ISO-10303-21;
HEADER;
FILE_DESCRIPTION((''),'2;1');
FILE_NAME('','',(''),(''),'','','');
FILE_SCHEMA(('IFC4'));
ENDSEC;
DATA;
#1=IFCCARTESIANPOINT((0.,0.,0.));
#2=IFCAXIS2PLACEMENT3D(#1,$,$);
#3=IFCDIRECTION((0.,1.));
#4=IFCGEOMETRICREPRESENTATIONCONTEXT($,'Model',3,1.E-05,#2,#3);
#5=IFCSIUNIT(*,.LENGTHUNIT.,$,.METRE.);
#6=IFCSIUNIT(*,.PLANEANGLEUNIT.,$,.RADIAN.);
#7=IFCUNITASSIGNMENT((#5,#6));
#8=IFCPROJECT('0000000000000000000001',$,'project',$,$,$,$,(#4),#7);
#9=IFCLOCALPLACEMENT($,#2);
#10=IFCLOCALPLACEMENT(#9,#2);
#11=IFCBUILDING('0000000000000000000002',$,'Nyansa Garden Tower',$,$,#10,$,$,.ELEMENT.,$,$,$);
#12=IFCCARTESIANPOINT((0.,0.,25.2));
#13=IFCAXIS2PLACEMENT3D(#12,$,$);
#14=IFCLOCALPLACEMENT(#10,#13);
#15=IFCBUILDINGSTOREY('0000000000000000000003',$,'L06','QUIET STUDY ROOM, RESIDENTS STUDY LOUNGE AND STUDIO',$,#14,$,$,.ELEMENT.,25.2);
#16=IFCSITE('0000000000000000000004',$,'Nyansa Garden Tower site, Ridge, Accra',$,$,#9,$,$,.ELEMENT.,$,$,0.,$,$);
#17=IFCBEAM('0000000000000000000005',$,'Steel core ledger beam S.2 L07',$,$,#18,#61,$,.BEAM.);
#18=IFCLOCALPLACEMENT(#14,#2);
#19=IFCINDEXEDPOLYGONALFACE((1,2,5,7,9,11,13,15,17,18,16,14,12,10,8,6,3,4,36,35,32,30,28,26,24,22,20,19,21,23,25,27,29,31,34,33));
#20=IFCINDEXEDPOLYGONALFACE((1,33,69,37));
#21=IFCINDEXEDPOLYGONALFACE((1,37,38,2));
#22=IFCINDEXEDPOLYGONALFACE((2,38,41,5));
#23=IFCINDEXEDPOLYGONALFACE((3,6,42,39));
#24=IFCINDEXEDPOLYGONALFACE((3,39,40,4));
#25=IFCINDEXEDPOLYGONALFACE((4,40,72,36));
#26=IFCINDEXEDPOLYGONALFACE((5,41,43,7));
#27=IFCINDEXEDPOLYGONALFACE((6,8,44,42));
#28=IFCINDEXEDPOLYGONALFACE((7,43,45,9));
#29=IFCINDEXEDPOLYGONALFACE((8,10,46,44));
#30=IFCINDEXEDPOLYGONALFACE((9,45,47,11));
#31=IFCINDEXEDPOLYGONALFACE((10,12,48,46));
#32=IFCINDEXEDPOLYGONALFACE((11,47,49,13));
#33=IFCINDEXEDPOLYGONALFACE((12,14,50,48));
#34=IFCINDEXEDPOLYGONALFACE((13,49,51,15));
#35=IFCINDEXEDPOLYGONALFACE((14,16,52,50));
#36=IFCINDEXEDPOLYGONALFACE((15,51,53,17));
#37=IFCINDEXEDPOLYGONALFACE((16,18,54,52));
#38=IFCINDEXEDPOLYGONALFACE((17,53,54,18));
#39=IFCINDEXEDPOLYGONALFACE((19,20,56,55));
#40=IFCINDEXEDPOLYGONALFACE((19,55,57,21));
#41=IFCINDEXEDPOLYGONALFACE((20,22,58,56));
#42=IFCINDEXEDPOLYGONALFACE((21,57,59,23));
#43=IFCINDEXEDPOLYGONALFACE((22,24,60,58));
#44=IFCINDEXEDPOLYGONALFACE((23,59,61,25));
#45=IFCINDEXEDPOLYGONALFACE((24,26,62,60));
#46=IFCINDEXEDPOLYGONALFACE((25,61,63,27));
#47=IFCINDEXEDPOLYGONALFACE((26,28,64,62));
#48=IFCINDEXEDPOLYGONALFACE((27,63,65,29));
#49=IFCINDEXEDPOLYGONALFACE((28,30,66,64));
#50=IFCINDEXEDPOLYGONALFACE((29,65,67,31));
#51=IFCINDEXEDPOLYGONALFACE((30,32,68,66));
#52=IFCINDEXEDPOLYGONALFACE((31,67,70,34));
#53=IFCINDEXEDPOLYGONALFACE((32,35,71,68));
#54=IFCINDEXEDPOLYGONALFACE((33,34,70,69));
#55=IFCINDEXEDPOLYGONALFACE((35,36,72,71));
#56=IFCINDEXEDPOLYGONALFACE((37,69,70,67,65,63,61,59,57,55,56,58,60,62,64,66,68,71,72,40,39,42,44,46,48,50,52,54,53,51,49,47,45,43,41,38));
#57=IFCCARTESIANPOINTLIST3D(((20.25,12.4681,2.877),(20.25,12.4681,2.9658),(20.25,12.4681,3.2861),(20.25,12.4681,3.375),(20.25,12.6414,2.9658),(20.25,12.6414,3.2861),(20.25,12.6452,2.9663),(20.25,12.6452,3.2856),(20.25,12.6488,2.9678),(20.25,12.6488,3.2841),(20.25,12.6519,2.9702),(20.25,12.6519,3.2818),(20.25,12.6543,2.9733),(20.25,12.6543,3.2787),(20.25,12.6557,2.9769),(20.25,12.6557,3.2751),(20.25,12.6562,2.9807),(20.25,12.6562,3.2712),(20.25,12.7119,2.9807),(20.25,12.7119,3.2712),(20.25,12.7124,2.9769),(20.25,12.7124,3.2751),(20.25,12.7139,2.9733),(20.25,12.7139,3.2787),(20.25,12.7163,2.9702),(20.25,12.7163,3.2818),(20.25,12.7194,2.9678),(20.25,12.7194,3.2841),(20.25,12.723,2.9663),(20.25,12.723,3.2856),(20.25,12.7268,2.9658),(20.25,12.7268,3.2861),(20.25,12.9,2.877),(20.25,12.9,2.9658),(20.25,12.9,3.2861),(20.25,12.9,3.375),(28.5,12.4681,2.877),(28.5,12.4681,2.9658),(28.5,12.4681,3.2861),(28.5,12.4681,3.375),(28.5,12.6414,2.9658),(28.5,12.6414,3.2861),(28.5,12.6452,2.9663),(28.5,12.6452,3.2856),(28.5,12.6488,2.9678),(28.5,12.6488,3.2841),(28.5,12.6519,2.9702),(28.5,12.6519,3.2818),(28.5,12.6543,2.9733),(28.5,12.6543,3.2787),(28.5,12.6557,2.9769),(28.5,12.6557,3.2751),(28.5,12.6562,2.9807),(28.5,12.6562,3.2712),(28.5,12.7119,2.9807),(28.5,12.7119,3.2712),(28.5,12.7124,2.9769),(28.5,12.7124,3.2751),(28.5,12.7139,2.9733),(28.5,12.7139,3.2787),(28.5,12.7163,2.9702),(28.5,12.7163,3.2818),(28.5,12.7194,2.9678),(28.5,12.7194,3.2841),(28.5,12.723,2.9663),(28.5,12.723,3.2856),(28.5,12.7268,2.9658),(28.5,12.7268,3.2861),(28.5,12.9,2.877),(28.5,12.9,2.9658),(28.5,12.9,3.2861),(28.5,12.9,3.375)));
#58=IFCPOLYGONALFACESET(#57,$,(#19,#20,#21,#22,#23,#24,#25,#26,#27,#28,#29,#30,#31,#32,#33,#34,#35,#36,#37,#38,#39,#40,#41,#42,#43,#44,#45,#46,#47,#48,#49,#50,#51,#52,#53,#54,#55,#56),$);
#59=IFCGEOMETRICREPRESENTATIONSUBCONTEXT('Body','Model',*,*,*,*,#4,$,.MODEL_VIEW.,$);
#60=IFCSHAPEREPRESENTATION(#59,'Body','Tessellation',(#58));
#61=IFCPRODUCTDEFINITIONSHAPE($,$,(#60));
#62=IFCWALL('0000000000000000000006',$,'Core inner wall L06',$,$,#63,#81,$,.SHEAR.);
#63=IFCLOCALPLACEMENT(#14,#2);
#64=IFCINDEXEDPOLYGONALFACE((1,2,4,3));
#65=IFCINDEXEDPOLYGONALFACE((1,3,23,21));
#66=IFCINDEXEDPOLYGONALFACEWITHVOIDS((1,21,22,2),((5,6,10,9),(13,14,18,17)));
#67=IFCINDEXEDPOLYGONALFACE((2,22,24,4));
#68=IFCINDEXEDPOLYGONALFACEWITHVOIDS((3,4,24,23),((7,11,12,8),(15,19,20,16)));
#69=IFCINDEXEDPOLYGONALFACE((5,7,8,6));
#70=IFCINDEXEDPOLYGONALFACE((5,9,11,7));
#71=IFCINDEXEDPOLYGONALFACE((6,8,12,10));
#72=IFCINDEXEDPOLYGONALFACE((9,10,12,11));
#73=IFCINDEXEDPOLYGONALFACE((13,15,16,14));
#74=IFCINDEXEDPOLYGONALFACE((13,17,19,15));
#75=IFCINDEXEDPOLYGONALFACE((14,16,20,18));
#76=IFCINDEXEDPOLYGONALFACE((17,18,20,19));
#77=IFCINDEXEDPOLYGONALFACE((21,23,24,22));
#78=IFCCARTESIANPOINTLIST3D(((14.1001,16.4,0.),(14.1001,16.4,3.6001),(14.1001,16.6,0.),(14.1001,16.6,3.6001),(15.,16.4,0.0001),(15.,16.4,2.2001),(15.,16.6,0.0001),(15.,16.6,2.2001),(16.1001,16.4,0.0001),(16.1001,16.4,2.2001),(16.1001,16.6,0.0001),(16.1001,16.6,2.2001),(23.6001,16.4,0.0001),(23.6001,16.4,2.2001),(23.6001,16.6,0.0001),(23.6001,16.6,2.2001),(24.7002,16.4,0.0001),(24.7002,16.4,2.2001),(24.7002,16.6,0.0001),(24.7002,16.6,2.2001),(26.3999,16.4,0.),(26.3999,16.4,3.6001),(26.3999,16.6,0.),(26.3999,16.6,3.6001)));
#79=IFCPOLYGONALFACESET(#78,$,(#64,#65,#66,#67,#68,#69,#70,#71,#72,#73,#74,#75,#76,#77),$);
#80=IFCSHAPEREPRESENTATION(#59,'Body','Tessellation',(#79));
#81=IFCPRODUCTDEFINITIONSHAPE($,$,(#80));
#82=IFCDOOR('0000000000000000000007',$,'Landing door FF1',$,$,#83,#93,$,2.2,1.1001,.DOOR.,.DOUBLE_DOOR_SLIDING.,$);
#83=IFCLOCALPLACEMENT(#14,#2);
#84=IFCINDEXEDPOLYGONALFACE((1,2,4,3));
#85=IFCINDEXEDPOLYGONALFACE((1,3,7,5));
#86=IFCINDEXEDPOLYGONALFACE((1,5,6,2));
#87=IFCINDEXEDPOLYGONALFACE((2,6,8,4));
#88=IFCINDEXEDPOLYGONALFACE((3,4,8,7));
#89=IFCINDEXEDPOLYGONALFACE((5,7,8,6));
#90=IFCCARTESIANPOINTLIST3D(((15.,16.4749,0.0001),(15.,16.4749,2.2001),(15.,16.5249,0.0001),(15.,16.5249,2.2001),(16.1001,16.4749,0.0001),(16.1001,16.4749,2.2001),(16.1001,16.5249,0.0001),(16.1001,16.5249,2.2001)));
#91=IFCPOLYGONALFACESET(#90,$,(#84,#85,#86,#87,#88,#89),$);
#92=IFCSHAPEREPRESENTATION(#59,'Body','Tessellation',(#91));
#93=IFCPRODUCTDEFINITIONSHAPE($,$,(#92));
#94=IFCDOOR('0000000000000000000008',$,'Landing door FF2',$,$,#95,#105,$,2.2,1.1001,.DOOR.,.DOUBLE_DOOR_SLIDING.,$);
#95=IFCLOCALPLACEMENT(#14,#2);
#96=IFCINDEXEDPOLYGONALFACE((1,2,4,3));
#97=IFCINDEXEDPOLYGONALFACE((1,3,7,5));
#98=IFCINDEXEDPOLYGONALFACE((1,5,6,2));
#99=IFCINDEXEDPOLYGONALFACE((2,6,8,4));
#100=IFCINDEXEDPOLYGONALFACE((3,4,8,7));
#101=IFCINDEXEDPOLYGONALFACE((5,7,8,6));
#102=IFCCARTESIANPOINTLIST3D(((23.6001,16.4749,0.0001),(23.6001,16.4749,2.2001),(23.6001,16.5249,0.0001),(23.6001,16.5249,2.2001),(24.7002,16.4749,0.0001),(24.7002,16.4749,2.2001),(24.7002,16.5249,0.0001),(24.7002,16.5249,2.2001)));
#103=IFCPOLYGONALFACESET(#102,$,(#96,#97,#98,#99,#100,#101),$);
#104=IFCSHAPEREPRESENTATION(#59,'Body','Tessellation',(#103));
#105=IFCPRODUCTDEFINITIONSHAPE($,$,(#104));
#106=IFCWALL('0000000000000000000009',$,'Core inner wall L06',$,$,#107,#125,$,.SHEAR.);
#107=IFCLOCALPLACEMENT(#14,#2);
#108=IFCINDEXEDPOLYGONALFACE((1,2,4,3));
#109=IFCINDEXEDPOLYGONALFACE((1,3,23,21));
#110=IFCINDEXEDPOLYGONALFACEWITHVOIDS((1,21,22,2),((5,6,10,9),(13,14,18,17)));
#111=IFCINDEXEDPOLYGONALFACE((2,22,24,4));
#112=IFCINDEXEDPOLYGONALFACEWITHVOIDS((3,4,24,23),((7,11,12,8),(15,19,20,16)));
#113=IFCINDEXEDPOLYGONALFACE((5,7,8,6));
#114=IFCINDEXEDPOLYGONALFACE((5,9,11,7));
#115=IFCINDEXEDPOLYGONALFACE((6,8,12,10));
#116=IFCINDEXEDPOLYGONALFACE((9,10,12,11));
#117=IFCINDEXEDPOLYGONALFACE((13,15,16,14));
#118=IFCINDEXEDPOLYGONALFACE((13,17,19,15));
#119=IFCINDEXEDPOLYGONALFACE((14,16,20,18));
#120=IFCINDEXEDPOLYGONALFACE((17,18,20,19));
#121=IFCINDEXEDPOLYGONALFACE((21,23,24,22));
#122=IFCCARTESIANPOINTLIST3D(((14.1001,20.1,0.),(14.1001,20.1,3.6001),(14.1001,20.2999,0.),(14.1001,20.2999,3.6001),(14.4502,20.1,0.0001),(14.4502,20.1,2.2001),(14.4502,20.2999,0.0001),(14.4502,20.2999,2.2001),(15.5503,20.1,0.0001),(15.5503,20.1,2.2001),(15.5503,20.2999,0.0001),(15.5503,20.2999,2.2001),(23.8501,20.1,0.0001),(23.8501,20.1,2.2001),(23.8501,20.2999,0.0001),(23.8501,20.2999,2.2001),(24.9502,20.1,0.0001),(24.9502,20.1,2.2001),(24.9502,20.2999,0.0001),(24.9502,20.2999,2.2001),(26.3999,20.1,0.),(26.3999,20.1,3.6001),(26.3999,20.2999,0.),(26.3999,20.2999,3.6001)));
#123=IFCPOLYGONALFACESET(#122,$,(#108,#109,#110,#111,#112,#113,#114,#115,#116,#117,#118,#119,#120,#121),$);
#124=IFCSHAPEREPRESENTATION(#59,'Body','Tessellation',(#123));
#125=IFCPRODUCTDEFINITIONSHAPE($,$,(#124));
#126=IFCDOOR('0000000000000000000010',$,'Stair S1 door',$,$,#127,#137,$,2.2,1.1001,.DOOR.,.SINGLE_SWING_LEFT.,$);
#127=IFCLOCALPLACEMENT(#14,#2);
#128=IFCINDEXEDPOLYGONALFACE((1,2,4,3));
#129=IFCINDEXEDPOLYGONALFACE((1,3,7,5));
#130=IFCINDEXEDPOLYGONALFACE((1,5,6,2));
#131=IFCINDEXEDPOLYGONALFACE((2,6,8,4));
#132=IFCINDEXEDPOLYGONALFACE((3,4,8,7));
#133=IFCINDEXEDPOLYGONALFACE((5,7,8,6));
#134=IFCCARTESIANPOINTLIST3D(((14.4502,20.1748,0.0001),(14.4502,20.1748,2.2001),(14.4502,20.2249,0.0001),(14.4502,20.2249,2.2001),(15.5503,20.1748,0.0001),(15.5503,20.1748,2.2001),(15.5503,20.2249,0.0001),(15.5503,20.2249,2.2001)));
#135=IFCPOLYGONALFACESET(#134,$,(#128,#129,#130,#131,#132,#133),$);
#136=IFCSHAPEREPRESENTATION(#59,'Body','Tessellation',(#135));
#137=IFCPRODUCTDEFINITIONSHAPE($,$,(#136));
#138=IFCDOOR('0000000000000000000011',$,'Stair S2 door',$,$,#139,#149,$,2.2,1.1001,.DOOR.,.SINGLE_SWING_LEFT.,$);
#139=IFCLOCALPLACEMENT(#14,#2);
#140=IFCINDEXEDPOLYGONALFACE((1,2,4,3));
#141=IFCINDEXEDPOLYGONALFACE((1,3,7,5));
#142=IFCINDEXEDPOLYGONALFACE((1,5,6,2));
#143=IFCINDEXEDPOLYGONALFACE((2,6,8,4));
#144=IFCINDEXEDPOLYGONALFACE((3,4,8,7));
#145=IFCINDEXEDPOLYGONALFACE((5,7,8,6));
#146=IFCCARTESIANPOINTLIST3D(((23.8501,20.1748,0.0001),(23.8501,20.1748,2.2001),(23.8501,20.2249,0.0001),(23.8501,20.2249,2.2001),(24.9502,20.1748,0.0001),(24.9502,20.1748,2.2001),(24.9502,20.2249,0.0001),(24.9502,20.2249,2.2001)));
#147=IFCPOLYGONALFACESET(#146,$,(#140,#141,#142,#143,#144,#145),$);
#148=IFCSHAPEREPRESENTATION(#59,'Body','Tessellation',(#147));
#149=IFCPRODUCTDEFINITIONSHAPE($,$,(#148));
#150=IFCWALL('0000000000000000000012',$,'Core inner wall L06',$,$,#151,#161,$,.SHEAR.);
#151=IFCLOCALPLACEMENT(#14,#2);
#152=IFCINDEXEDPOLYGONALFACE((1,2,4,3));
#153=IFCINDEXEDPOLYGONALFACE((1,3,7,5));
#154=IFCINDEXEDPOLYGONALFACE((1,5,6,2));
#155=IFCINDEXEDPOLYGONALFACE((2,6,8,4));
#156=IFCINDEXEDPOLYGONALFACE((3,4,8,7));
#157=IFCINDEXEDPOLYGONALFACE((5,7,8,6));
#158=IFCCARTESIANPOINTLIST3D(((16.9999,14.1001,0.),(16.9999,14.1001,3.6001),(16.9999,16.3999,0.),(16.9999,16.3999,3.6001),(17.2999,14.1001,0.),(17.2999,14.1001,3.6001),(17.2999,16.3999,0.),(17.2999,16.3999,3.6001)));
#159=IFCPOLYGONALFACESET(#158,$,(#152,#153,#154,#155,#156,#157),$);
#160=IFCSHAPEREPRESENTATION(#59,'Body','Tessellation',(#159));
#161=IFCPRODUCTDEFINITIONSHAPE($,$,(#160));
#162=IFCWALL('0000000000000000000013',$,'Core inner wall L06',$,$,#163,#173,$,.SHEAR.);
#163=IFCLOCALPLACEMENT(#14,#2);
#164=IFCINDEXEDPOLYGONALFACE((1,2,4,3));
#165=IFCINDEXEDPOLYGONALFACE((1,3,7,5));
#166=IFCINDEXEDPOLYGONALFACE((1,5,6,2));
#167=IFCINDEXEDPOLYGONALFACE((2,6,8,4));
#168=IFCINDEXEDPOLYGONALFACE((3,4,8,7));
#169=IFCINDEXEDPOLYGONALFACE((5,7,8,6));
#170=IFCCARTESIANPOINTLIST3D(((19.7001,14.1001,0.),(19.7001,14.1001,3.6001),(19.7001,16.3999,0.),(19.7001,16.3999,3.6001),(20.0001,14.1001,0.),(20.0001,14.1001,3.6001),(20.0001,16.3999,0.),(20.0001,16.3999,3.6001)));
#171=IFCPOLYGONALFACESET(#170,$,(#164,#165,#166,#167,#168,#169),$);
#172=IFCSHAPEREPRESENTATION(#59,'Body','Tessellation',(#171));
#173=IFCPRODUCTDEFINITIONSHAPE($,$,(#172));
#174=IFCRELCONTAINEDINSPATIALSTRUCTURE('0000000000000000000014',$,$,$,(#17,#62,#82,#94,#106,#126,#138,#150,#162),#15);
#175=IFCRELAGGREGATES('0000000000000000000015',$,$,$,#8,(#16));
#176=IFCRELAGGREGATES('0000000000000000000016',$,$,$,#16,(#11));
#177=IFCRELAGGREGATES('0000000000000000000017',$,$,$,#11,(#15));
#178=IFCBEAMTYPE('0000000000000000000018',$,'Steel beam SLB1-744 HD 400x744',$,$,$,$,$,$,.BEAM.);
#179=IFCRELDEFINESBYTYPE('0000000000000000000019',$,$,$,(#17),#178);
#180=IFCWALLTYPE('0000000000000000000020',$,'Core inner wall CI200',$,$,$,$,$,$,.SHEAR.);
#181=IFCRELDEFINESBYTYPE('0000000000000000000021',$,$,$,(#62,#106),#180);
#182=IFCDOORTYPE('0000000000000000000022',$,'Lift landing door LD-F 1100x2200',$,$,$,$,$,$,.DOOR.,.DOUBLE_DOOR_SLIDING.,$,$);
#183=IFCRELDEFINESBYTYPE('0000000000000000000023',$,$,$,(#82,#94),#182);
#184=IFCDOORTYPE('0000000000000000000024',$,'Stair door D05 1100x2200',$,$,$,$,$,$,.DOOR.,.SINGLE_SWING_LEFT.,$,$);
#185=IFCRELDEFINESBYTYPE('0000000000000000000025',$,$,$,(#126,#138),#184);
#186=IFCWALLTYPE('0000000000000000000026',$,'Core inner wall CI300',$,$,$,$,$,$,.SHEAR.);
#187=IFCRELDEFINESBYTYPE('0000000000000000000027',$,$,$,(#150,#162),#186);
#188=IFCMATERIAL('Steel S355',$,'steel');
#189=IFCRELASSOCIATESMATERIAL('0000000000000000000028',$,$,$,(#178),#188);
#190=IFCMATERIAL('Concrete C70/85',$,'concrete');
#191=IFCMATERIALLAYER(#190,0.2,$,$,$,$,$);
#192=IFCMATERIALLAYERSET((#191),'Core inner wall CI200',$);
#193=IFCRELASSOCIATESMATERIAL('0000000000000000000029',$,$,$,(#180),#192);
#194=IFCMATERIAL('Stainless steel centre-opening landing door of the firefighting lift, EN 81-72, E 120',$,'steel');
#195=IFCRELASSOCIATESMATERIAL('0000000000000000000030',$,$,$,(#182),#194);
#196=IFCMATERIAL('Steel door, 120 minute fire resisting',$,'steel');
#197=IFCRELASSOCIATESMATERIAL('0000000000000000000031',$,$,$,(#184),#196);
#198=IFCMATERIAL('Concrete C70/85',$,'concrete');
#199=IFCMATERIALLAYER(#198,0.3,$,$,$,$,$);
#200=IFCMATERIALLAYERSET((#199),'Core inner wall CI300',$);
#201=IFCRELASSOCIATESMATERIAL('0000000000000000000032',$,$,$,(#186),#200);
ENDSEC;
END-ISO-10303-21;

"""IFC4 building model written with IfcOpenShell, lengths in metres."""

from ifc_helpers import new_model, si_unit, direction, frame, frame_2d, origin, origin_2d, place, context, subcontext, project, spatial, rectangle, i_section, extrude, material, layer, layer_set, material_profile, profile_set, type_object, element, fill, save


model = new_model("IFC4")

# Units and contexts
model_context = context("Model", 3, precision=1e-05, world=origin(), true_north=direction((0.0, 1.0)))
body_context = subcontext(model_context, "Body", "Model", "MODEL_VIEW")
ifc_project = project(units=[si_unit("LENGTHUNIT", "METRE"), si_unit("PLANEANGLEUNIT", "RADIAN")], contexts=[model_context])

# Site, building, storey
site_placement = place(None, origin())
site = spatial("IfcSite", under=ifc_project, at=site_placement, Name="Nyansa Garden Tower site, Ridge, Accra", CompositionType="ELEMENT", RefElevation=0.0)
building_placement = place(site_placement, origin())
building = spatial("IfcBuilding", under=site, at=building_placement, Name="Nyansa Garden Tower", CompositionType="ELEMENT")
storey_placement = place(building_placement, frame((0.0, 0.0, 25.2)))
storey = spatial("IfcBuildingStorey", under=building, at=storey_placement, Name="L06", Description="QUIET STUDY ROOM, RESIDENTS STUDY LOUNGE AND STUDIO", CompositionType="ELEMENT", Elevation=25.2)

# Beam
ifc_material_1 = material(Name="Steel S355", Category="steel")
ifc_material_profile_1 = material_profile(ifc_material_1, i_section(OverallWidth=0.4319, OverallDepth=0.498, WebThickness=0.0557, FlangeThickness=0.0889, FilletRadius=0.0149, at=origin_2d()), Name="HD 400x744")
ifc_profile_set_1 = profile_set([ifc_material_profile_1], Name="Steel S355")
beam_type_1 = type_object("IfcBeamType", Name="Steel beam SLB1-744 HD 400x744", PredefinedType="BEAM", material=ifc_profile_set_1)
beam_1_placement = place(storey_placement, frame((20.25, 12.6841, 3.126), z_axis=(1.0, 0.0, 0.0), x_axis=(0.0, 1.0, 0.0)))
element("IfcBeam", 1, at=beam_1_placement, inside=storey, type_object=beam_type_1, Name="Steel core ledger beam S.2 L07", PredefinedType="BEAM", context=body_context, shape_type="SweptSolid", body=[
    extrude(i_section(OverallWidth=0.4319, OverallDepth=0.498, WebThickness=0.0557, FlangeThickness=0.0889, FilletRadius=0.0149, at=origin_2d()), origin(), (0.0, 0.0, 1.0), 8.25),
])

# Walls, openings, doors
ifc_material_2 = material(Name="Concrete C70/85", Category="concrete")
ifc_layer_1 = layer(ifc_material_2, 0.2)
ifc_layer_set_1 = layer_set([ifc_layer_1], Name="Core inner wall CI200")
wall_type_1 = type_object("IfcWallType", Name="Core inner wall CI200", PredefinedType="SHEAR", material=ifc_layer_set_1)
wall_1_placement = place(storey_placement, frame((14.1001, 16.5, 0.0), z_axis=(0.0, 0.0, 1.0), x_axis=(1.0, 0.0, 0.0)))
wall_1 = element("IfcWall", 2, at=wall_1_placement, inside=storey, type_object=wall_type_1, Name="Core inner wall L06", PredefinedType="SHEAR", context=body_context, shape_type="SweptSolid", body=[
    extrude(rectangle(XDim=12.2998, YDim=0.2, at=frame_2d((6.1499, 0.0))), origin(), (0.0, 0.0, 1.0), 3.6001),
])
opening_1_placement = place(wall_1_placement, frame((0.8999, 0.0, 0.0)))
opening_1 = element("IfcOpeningElement", 3, at=opening_1_placement, cuts=wall_1, PredefinedType="OPENING", context=body_context, shape_type="SweptSolid", body=[
    extrude(rectangle(XDim=1.1001, YDim=2.2, at=frame_2d((0.55, 1.1001))), frame((0.0, 0.1099, 0.0), z_axis=(0.0, -1.0, 0.0), x_axis=(1.0, 0.0, 0.0)), (0.0, 0.0, 1.0), 0.22),
])
opening_2_placement = place(wall_1_placement, frame((9.5, 0.0, 0.0)))
opening_2 = element("IfcOpeningElement", 4, at=opening_2_placement, cuts=wall_1, PredefinedType="OPENING", context=body_context, shape_type="SweptSolid", body=[
    extrude(rectangle(XDim=1.1001, YDim=2.2, at=frame_2d((0.55, 1.1001))), frame((0.0, 0.1099, 0.0), z_axis=(0.0, -1.0, 0.0), x_axis=(1.0, 0.0, 0.0)), (0.0, 0.0, 1.0), 0.22),
])
ifc_material_3 = material(Name="Stainless steel centre-opening landing door of the firefighting lift, EN 81-72, E 120", Category="steel")
door_type_1 = type_object("IfcDoorType", Name="Lift landing door LD-F 1100x2200", OperationType="DOUBLE_DOOR_SLIDING", PredefinedType="DOOR", material=ifc_material_3)
door_1_placement = place(opening_1_placement, origin())
door_1 = element("IfcDoor", 5, at=door_1_placement, inside=storey, type_object=door_type_1, Name="Landing door FF1", OperationType="DOUBLE_DOOR_SLIDING", OverallHeight=2.2, OverallWidth=1.1001, PredefinedType="DOOR", context=body_context, shape_type="SweptSolid", body=[
    extrude(rectangle(XDim=1.1001, YDim=2.2, at=frame_2d((0.55, 1.1001))), frame((0.0, 0.0249, 0.0), z_axis=(0.0, -1.0, 0.0), x_axis=(1.0, 0.0, 0.0)), (0.0, 0.0, 1.0), 0.05),
])
fill(opening_1, door_1)
door_2_placement = place(opening_2_placement, origin())
door_2 = element("IfcDoor", 6, at=door_2_placement, inside=storey, type_object=door_type_1, Name="Landing door FF2", OperationType="DOUBLE_DOOR_SLIDING", OverallHeight=2.2, OverallWidth=1.1001, PredefinedType="DOOR", context=body_context, shape_type="SweptSolid", body=[
    extrude(rectangle(XDim=1.1001, YDim=2.2, at=frame_2d((0.55, 1.1001))), frame((0.0, 0.0249, 0.0), z_axis=(0.0, -1.0, 0.0), x_axis=(1.0, 0.0, 0.0)), (0.0, 0.0, 1.0), 0.05),
])
fill(opening_2, door_2)
wall_2_placement = place(storey_placement, frame((14.1001, 20.2, 0.0), z_axis=(0.0, 0.0, 1.0), x_axis=(1.0, 0.0, 0.0)))
wall_2 = element("IfcWall", 7, at=wall_2_placement, inside=storey, type_object=wall_type_1, Name="Core inner wall L06", PredefinedType="SHEAR", context=body_context, shape_type="SweptSolid", body=[
    extrude(rectangle(XDim=12.2998, YDim=0.2, at=frame_2d((6.1499, 0.0))), origin(), (0.0, 0.0, 1.0), 3.6001),
])
opening_3_placement = place(wall_2_placement, frame((0.3501, 0.0, 0.0)))
opening_3 = element("IfcOpeningElement", 8, at=opening_3_placement, cuts=wall_2, PredefinedType="OPENING", context=body_context, shape_type="SweptSolid", body=[
    extrude(rectangle(XDim=1.1001, YDim=2.2, at=frame_2d((0.55, 1.1001))), frame((0.0, 0.1099, 0.0), z_axis=(0.0, -1.0, 0.0), x_axis=(1.0, 0.0, 0.0)), (0.0, 0.0, 1.0), 0.22),
])
opening_4_placement = place(wall_2_placement, frame((9.75, 0.0, 0.0)))
opening_4 = element("IfcOpeningElement", 9, at=opening_4_placement, cuts=wall_2, PredefinedType="OPENING", context=body_context, shape_type="SweptSolid", body=[
    extrude(rectangle(XDim=1.1001, YDim=2.2, at=frame_2d((0.55, 1.1001))), frame((0.0, 0.1099, 0.0), z_axis=(0.0, -1.0, 0.0), x_axis=(1.0, 0.0, 0.0)), (0.0, 0.0, 1.0), 0.22),
])
ifc_material_4 = material(Name="Steel door, 120 minute fire resisting", Category="steel")
door_type_2 = type_object("IfcDoorType", Name="Stair door D05 1100x2200", OperationType="SINGLE_SWING_LEFT", PredefinedType="DOOR", material=ifc_material_4)
door_3_placement = place(opening_3_placement, origin())
door_3 = element("IfcDoor", 10, at=door_3_placement, inside=storey, type_object=door_type_2, Name="Stair S1 door", OperationType="SINGLE_SWING_LEFT", OverallHeight=2.2, OverallWidth=1.1001, PredefinedType="DOOR", context=body_context, shape_type="SweptSolid", body=[
    extrude(rectangle(XDim=1.1001, YDim=2.2, at=frame_2d((0.55, 1.1001))), frame((0.0, 0.0249, 0.0), z_axis=(0.0, -1.0, 0.0), x_axis=(1.0, 0.0, 0.0)), (0.0, 0.0, 1.0), 0.05),
])
fill(opening_3, door_3)
door_4_placement = place(opening_4_placement, origin())
door_4 = element("IfcDoor", 11, at=door_4_placement, inside=storey, type_object=door_type_2, Name="Stair S2 door", OperationType="SINGLE_SWING_LEFT", OverallHeight=2.2, OverallWidth=1.1001, PredefinedType="DOOR", context=body_context, shape_type="SweptSolid", body=[
    extrude(rectangle(XDim=1.1001, YDim=2.2, at=frame_2d((0.55, 1.1001))), frame((0.0, 0.0249, 0.0), z_axis=(0.0, -1.0, 0.0), x_axis=(1.0, 0.0, 0.0)), (0.0, 0.0, 1.0), 0.05),
])
fill(opening_4, door_4)

# Walls
ifc_material_5 = material(Name="Concrete C70/85", Category="concrete")
ifc_layer_2 = layer(ifc_material_5, 0.3)
ifc_layer_set_2 = layer_set([ifc_layer_2], Name="Core inner wall CI300")
wall_type_2 = type_object("IfcWallType", Name="Core inner wall CI300", PredefinedType="SHEAR", material=ifc_layer_set_2)
for number, where, z_axis, x_axis, name in (
    (12, (17.1499, 14.1001, 0.0), (0.0, 0.0, 1.0), (0.0, 1.0, 0.0), "Core inner wall L06"),
    (13, (19.8501, 14.1001, 0.0), (0.0, 0.0, 1.0), (0.0, 1.0, 0.0), "Core inner wall L06"),
):
    element("IfcWall", number, at=place(storey_placement, frame(where, z_axis=z_axis, x_axis=x_axis)), inside=storey, type_object=wall_type_2, Name=name, PredefinedType="SHEAR", context=body_context, shape_type="SweptSolid", body=[
        extrude(rectangle(XDim=2.2998, YDim=0.3, at=frame_2d((1.1499, 0.0))), origin(), (0.0, 0.0, 1.0), 3.6001),
    ])

save(model, "model.ifc")
